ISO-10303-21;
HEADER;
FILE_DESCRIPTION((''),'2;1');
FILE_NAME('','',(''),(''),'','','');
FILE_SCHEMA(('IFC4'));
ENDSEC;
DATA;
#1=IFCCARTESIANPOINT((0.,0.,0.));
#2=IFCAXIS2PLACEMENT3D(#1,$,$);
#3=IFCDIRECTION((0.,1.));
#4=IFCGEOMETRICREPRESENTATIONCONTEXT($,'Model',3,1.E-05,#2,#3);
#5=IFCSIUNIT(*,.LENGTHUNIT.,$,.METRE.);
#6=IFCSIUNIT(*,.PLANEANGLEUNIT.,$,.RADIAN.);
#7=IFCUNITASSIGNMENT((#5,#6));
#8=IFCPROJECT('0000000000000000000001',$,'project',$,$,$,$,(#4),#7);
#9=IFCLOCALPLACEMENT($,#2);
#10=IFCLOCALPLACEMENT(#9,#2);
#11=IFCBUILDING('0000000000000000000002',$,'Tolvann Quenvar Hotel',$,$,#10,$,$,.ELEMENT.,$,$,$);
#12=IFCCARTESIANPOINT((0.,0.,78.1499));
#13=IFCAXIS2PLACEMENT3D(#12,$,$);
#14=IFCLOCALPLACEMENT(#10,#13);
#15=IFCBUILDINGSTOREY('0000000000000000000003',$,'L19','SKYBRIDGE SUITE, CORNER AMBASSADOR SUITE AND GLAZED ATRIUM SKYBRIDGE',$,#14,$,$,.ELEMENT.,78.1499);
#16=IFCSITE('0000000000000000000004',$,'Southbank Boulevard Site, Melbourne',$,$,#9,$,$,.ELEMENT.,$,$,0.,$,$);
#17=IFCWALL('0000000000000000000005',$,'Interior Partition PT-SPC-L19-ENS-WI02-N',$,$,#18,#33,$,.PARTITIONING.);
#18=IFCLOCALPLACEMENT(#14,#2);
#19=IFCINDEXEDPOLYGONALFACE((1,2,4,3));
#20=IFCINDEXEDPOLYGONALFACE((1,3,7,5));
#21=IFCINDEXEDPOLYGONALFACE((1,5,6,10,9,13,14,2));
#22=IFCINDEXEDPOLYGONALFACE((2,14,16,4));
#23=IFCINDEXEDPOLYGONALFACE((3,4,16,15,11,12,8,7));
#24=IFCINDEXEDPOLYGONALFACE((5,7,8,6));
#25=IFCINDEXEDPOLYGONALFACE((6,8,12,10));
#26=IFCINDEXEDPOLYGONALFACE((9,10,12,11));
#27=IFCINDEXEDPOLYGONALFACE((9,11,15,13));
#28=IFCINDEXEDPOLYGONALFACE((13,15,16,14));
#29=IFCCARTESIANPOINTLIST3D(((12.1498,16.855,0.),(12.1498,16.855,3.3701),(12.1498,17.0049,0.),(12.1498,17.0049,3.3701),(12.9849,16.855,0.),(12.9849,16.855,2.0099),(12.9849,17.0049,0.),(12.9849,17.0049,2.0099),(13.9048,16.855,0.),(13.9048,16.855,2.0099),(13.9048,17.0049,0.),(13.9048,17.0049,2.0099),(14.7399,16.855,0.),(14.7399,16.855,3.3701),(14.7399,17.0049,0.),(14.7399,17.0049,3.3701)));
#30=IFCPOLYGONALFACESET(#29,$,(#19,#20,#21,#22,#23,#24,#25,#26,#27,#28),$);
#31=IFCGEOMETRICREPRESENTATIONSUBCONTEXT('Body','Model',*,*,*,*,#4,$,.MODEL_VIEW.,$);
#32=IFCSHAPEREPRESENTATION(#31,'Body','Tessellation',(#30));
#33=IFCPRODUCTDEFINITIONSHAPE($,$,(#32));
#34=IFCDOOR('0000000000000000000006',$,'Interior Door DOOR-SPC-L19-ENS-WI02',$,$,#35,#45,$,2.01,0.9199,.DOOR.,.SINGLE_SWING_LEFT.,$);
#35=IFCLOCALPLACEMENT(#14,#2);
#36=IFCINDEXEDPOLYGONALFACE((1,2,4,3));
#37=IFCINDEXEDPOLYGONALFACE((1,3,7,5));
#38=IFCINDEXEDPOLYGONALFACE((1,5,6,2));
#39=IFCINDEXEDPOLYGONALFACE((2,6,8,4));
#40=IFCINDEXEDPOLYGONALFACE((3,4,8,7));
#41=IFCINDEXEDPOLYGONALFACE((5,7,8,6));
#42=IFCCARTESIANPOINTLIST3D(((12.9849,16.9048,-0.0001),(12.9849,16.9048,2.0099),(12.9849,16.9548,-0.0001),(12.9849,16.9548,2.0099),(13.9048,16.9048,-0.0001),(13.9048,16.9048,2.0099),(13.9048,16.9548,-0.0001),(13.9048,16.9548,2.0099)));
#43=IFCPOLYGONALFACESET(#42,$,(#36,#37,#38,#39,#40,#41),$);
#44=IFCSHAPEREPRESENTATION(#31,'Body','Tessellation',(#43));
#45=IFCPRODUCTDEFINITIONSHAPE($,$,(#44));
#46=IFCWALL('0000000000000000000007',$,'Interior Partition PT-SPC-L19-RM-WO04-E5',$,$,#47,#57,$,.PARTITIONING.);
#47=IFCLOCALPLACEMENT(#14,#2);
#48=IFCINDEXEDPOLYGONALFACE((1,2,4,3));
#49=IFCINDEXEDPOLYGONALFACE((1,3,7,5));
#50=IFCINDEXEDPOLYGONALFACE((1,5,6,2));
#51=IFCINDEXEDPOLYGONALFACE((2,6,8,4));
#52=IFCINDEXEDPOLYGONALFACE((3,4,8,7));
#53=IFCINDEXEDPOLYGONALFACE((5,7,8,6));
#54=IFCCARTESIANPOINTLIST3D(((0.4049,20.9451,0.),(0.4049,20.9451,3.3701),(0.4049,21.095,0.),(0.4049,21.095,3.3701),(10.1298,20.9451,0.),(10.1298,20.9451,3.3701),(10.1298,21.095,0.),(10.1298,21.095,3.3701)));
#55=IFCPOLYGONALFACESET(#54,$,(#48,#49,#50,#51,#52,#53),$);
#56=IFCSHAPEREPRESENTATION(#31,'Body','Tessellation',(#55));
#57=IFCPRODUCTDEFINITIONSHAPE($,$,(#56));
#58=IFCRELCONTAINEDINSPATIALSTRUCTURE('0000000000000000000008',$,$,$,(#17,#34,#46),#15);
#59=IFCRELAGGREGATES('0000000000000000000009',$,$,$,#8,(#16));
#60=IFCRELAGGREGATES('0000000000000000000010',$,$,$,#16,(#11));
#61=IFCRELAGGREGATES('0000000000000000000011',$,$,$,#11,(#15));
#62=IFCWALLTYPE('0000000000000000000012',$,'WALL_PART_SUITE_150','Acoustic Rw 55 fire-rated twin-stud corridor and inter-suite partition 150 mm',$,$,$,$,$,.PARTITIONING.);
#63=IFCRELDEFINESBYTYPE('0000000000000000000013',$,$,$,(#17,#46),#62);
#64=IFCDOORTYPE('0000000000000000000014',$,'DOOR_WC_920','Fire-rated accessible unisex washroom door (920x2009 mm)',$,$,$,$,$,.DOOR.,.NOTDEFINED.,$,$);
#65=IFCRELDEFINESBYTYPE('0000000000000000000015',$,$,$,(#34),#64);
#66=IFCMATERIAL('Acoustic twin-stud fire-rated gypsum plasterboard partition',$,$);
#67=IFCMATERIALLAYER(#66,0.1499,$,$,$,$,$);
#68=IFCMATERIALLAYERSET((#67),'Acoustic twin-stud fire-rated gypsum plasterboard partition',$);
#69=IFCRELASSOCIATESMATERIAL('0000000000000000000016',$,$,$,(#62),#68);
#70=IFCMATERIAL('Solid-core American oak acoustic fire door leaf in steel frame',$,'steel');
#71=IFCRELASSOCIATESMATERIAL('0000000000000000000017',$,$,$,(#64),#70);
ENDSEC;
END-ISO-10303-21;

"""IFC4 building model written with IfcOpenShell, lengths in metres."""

from ifc_helpers import new_model, si_unit, direction, frame, frame_2d, origin, place, context, subcontext, project, spatial, rectangle, extrude, source, transform, mapped, material, layer, layer_set, type_object, type_shapes, element, fill, save


model = new_model("IFC4")

# Units and contexts
model_context = context("Model", 3, precision=1e-05, world=origin(), true_north=direction((0.0, 1.0)))
body_context = subcontext(model_context, "Body", "Model", "MODEL_VIEW")
ifc_project = project(units=[si_unit("LENGTHUNIT", "METRE"), si_unit("PLANEANGLEUNIT", "RADIAN")], contexts=[model_context])

# Site, building, storey
site_placement = place(None, origin())
site = spatial("IfcSite", under=ifc_project, at=site_placement, Name="Southbank Boulevard Site, Melbourne", CompositionType="ELEMENT", RefElevation=0.0)
building_placement = place(site_placement, origin())
building = spatial("IfcBuilding", under=site, at=building_placement, Name="Tolvann Quenvar Hotel", CompositionType="ELEMENT")
storey_placement = place(building_placement, frame((0.0, 0.0, 78.1499)))
storey = spatial("IfcBuildingStorey", under=building, at=storey_placement, Name="L19", Description="SKYBRIDGE SUITE, CORNER AMBASSADOR SUITE AND GLAZED ATRIUM SKYBRIDGE", CompositionType="ELEMENT", Elevation=78.1499)

# Shared definitions
ifc_material_1 = material(Name="Acoustic twin-stud fire-rated gypsum plasterboard partition")
ifc_layer_1 = layer(ifc_material_1, 0.1499)
ifc_layer_set_1 = layer_set([ifc_layer_1], Name="Acoustic twin-stud fire-rated gypsum plasterboard partition")
wall_type_1 = type_object("IfcWallType", Name="WALL_PART_SUITE_150", Description="Acoustic Rw 55 fire-rated twin-stud corridor and inter-suite partition 150 mm", PredefinedType="PARTITIONING", material=ifc_layer_set_1)
ifc_material_2 = material(Name="Solid-core American oak acoustic fire door leaf in steel frame", Category="steel")
door_type_1 = type_object("IfcDoorType", Name="DOOR_WC_920", Description="Fire-rated accessible unisex washroom door (920x2009 mm)", OperationType="NOTDEFINED", PredefinedType="DOOR", material=ifc_material_2)
shared_shape_1 = source(origin(), body_context, "Body", "SweptSolid", [
    extrude(rectangle(XDim=0.9199, YDim=2.01, at=frame_2d((0.46, 1.0049))), frame((0.0, 0.0249, 0.0), z_axis=(0.0, -1.0, 0.0), x_axis=(1.0, 0.0, 0.0)), (0.0, 0.0, 1.0), 0.05),
])
type_shapes(door_type_1, [shared_shape_1])

# Wall, opening, door
wall_1_placement = place(storey_placement, frame((12.1499, 16.9299, 0.0), z_axis=(0.0, 0.0, 1.0), x_axis=(1.0, 0.0, 0.0)))
wall_1 = element("IfcWall", 1, at=wall_1_placement, inside=storey, type_object=wall_type_1, Name="Interior Partition PT-SPC-L19-ENS-WI02-N", PredefinedType="PARTITIONING", context=body_context, shape_type="SweptSolid", body=[
    extrude(rectangle(XDim=2.5901, YDim=0.1499, at=frame_2d((1.2949, 0.0))), origin(), (0.0, 0.0, 1.0), 3.3701),
])
opening_1_placement = place(wall_1_placement, frame((0.835, 0.0, 0.0)))
opening_1 = element("IfcOpeningElement", 2, at=opening_1_placement, cuts=wall_1, PredefinedType="OPENING", context=body_context, shape_type="SweptSolid", body=[
    extrude(rectangle(XDim=0.9199, YDim=2.01, at=frame_2d((0.46, 1.0049))), frame((0.0, 0.085, 0.0), z_axis=(0.0, -1.0, 0.0), x_axis=(1.0, 0.0, 0.0)), (0.0, 0.0, 1.0), 0.1699),
])
door_1_placement = place(opening_1_placement, origin())
door_1 = element("IfcDoor", 3, at=door_1_placement, inside=storey, type_object=door_type_1, Name="Interior Door DOOR-SPC-L19-ENS-WI02", OperationType="SINGLE_SWING_LEFT", OverallHeight=2.01, OverallWidth=0.9199, PredefinedType="DOOR", context=body_context, shape_type="MappedRepresentation", body=[
    mapped(shared_shape_1, transform((0.0, 0.0, 0.0), x_axis=(1.0, 0.0, 0.0), y_axis=(0.0, 1.0, 0.0), z_axis=(0.0, 0.0, 1.0), scale=1.0)),
])
fill(opening_1, door_1)

# Wall
wall_2_placement = place(storey_placement, frame((0.405, 21.02, 0.0), z_axis=(0.0, 0.0, 1.0), x_axis=(1.0, 0.0, 0.0)))
element("IfcWall", 4, at=wall_2_placement, inside=storey, type_object=wall_type_1, Name="Interior Partition PT-SPC-L19-RM-WO04-E5", PredefinedType="PARTITIONING", context=body_context, shape_type="SweptSolid", body=[
    extrude(rectangle(XDim=9.7249, YDim=0.1499, at=frame_2d((4.8623, 0.0))), origin(), (0.0, 0.0, 1.0), 3.3701),
])

save(model, "model.ifc")
